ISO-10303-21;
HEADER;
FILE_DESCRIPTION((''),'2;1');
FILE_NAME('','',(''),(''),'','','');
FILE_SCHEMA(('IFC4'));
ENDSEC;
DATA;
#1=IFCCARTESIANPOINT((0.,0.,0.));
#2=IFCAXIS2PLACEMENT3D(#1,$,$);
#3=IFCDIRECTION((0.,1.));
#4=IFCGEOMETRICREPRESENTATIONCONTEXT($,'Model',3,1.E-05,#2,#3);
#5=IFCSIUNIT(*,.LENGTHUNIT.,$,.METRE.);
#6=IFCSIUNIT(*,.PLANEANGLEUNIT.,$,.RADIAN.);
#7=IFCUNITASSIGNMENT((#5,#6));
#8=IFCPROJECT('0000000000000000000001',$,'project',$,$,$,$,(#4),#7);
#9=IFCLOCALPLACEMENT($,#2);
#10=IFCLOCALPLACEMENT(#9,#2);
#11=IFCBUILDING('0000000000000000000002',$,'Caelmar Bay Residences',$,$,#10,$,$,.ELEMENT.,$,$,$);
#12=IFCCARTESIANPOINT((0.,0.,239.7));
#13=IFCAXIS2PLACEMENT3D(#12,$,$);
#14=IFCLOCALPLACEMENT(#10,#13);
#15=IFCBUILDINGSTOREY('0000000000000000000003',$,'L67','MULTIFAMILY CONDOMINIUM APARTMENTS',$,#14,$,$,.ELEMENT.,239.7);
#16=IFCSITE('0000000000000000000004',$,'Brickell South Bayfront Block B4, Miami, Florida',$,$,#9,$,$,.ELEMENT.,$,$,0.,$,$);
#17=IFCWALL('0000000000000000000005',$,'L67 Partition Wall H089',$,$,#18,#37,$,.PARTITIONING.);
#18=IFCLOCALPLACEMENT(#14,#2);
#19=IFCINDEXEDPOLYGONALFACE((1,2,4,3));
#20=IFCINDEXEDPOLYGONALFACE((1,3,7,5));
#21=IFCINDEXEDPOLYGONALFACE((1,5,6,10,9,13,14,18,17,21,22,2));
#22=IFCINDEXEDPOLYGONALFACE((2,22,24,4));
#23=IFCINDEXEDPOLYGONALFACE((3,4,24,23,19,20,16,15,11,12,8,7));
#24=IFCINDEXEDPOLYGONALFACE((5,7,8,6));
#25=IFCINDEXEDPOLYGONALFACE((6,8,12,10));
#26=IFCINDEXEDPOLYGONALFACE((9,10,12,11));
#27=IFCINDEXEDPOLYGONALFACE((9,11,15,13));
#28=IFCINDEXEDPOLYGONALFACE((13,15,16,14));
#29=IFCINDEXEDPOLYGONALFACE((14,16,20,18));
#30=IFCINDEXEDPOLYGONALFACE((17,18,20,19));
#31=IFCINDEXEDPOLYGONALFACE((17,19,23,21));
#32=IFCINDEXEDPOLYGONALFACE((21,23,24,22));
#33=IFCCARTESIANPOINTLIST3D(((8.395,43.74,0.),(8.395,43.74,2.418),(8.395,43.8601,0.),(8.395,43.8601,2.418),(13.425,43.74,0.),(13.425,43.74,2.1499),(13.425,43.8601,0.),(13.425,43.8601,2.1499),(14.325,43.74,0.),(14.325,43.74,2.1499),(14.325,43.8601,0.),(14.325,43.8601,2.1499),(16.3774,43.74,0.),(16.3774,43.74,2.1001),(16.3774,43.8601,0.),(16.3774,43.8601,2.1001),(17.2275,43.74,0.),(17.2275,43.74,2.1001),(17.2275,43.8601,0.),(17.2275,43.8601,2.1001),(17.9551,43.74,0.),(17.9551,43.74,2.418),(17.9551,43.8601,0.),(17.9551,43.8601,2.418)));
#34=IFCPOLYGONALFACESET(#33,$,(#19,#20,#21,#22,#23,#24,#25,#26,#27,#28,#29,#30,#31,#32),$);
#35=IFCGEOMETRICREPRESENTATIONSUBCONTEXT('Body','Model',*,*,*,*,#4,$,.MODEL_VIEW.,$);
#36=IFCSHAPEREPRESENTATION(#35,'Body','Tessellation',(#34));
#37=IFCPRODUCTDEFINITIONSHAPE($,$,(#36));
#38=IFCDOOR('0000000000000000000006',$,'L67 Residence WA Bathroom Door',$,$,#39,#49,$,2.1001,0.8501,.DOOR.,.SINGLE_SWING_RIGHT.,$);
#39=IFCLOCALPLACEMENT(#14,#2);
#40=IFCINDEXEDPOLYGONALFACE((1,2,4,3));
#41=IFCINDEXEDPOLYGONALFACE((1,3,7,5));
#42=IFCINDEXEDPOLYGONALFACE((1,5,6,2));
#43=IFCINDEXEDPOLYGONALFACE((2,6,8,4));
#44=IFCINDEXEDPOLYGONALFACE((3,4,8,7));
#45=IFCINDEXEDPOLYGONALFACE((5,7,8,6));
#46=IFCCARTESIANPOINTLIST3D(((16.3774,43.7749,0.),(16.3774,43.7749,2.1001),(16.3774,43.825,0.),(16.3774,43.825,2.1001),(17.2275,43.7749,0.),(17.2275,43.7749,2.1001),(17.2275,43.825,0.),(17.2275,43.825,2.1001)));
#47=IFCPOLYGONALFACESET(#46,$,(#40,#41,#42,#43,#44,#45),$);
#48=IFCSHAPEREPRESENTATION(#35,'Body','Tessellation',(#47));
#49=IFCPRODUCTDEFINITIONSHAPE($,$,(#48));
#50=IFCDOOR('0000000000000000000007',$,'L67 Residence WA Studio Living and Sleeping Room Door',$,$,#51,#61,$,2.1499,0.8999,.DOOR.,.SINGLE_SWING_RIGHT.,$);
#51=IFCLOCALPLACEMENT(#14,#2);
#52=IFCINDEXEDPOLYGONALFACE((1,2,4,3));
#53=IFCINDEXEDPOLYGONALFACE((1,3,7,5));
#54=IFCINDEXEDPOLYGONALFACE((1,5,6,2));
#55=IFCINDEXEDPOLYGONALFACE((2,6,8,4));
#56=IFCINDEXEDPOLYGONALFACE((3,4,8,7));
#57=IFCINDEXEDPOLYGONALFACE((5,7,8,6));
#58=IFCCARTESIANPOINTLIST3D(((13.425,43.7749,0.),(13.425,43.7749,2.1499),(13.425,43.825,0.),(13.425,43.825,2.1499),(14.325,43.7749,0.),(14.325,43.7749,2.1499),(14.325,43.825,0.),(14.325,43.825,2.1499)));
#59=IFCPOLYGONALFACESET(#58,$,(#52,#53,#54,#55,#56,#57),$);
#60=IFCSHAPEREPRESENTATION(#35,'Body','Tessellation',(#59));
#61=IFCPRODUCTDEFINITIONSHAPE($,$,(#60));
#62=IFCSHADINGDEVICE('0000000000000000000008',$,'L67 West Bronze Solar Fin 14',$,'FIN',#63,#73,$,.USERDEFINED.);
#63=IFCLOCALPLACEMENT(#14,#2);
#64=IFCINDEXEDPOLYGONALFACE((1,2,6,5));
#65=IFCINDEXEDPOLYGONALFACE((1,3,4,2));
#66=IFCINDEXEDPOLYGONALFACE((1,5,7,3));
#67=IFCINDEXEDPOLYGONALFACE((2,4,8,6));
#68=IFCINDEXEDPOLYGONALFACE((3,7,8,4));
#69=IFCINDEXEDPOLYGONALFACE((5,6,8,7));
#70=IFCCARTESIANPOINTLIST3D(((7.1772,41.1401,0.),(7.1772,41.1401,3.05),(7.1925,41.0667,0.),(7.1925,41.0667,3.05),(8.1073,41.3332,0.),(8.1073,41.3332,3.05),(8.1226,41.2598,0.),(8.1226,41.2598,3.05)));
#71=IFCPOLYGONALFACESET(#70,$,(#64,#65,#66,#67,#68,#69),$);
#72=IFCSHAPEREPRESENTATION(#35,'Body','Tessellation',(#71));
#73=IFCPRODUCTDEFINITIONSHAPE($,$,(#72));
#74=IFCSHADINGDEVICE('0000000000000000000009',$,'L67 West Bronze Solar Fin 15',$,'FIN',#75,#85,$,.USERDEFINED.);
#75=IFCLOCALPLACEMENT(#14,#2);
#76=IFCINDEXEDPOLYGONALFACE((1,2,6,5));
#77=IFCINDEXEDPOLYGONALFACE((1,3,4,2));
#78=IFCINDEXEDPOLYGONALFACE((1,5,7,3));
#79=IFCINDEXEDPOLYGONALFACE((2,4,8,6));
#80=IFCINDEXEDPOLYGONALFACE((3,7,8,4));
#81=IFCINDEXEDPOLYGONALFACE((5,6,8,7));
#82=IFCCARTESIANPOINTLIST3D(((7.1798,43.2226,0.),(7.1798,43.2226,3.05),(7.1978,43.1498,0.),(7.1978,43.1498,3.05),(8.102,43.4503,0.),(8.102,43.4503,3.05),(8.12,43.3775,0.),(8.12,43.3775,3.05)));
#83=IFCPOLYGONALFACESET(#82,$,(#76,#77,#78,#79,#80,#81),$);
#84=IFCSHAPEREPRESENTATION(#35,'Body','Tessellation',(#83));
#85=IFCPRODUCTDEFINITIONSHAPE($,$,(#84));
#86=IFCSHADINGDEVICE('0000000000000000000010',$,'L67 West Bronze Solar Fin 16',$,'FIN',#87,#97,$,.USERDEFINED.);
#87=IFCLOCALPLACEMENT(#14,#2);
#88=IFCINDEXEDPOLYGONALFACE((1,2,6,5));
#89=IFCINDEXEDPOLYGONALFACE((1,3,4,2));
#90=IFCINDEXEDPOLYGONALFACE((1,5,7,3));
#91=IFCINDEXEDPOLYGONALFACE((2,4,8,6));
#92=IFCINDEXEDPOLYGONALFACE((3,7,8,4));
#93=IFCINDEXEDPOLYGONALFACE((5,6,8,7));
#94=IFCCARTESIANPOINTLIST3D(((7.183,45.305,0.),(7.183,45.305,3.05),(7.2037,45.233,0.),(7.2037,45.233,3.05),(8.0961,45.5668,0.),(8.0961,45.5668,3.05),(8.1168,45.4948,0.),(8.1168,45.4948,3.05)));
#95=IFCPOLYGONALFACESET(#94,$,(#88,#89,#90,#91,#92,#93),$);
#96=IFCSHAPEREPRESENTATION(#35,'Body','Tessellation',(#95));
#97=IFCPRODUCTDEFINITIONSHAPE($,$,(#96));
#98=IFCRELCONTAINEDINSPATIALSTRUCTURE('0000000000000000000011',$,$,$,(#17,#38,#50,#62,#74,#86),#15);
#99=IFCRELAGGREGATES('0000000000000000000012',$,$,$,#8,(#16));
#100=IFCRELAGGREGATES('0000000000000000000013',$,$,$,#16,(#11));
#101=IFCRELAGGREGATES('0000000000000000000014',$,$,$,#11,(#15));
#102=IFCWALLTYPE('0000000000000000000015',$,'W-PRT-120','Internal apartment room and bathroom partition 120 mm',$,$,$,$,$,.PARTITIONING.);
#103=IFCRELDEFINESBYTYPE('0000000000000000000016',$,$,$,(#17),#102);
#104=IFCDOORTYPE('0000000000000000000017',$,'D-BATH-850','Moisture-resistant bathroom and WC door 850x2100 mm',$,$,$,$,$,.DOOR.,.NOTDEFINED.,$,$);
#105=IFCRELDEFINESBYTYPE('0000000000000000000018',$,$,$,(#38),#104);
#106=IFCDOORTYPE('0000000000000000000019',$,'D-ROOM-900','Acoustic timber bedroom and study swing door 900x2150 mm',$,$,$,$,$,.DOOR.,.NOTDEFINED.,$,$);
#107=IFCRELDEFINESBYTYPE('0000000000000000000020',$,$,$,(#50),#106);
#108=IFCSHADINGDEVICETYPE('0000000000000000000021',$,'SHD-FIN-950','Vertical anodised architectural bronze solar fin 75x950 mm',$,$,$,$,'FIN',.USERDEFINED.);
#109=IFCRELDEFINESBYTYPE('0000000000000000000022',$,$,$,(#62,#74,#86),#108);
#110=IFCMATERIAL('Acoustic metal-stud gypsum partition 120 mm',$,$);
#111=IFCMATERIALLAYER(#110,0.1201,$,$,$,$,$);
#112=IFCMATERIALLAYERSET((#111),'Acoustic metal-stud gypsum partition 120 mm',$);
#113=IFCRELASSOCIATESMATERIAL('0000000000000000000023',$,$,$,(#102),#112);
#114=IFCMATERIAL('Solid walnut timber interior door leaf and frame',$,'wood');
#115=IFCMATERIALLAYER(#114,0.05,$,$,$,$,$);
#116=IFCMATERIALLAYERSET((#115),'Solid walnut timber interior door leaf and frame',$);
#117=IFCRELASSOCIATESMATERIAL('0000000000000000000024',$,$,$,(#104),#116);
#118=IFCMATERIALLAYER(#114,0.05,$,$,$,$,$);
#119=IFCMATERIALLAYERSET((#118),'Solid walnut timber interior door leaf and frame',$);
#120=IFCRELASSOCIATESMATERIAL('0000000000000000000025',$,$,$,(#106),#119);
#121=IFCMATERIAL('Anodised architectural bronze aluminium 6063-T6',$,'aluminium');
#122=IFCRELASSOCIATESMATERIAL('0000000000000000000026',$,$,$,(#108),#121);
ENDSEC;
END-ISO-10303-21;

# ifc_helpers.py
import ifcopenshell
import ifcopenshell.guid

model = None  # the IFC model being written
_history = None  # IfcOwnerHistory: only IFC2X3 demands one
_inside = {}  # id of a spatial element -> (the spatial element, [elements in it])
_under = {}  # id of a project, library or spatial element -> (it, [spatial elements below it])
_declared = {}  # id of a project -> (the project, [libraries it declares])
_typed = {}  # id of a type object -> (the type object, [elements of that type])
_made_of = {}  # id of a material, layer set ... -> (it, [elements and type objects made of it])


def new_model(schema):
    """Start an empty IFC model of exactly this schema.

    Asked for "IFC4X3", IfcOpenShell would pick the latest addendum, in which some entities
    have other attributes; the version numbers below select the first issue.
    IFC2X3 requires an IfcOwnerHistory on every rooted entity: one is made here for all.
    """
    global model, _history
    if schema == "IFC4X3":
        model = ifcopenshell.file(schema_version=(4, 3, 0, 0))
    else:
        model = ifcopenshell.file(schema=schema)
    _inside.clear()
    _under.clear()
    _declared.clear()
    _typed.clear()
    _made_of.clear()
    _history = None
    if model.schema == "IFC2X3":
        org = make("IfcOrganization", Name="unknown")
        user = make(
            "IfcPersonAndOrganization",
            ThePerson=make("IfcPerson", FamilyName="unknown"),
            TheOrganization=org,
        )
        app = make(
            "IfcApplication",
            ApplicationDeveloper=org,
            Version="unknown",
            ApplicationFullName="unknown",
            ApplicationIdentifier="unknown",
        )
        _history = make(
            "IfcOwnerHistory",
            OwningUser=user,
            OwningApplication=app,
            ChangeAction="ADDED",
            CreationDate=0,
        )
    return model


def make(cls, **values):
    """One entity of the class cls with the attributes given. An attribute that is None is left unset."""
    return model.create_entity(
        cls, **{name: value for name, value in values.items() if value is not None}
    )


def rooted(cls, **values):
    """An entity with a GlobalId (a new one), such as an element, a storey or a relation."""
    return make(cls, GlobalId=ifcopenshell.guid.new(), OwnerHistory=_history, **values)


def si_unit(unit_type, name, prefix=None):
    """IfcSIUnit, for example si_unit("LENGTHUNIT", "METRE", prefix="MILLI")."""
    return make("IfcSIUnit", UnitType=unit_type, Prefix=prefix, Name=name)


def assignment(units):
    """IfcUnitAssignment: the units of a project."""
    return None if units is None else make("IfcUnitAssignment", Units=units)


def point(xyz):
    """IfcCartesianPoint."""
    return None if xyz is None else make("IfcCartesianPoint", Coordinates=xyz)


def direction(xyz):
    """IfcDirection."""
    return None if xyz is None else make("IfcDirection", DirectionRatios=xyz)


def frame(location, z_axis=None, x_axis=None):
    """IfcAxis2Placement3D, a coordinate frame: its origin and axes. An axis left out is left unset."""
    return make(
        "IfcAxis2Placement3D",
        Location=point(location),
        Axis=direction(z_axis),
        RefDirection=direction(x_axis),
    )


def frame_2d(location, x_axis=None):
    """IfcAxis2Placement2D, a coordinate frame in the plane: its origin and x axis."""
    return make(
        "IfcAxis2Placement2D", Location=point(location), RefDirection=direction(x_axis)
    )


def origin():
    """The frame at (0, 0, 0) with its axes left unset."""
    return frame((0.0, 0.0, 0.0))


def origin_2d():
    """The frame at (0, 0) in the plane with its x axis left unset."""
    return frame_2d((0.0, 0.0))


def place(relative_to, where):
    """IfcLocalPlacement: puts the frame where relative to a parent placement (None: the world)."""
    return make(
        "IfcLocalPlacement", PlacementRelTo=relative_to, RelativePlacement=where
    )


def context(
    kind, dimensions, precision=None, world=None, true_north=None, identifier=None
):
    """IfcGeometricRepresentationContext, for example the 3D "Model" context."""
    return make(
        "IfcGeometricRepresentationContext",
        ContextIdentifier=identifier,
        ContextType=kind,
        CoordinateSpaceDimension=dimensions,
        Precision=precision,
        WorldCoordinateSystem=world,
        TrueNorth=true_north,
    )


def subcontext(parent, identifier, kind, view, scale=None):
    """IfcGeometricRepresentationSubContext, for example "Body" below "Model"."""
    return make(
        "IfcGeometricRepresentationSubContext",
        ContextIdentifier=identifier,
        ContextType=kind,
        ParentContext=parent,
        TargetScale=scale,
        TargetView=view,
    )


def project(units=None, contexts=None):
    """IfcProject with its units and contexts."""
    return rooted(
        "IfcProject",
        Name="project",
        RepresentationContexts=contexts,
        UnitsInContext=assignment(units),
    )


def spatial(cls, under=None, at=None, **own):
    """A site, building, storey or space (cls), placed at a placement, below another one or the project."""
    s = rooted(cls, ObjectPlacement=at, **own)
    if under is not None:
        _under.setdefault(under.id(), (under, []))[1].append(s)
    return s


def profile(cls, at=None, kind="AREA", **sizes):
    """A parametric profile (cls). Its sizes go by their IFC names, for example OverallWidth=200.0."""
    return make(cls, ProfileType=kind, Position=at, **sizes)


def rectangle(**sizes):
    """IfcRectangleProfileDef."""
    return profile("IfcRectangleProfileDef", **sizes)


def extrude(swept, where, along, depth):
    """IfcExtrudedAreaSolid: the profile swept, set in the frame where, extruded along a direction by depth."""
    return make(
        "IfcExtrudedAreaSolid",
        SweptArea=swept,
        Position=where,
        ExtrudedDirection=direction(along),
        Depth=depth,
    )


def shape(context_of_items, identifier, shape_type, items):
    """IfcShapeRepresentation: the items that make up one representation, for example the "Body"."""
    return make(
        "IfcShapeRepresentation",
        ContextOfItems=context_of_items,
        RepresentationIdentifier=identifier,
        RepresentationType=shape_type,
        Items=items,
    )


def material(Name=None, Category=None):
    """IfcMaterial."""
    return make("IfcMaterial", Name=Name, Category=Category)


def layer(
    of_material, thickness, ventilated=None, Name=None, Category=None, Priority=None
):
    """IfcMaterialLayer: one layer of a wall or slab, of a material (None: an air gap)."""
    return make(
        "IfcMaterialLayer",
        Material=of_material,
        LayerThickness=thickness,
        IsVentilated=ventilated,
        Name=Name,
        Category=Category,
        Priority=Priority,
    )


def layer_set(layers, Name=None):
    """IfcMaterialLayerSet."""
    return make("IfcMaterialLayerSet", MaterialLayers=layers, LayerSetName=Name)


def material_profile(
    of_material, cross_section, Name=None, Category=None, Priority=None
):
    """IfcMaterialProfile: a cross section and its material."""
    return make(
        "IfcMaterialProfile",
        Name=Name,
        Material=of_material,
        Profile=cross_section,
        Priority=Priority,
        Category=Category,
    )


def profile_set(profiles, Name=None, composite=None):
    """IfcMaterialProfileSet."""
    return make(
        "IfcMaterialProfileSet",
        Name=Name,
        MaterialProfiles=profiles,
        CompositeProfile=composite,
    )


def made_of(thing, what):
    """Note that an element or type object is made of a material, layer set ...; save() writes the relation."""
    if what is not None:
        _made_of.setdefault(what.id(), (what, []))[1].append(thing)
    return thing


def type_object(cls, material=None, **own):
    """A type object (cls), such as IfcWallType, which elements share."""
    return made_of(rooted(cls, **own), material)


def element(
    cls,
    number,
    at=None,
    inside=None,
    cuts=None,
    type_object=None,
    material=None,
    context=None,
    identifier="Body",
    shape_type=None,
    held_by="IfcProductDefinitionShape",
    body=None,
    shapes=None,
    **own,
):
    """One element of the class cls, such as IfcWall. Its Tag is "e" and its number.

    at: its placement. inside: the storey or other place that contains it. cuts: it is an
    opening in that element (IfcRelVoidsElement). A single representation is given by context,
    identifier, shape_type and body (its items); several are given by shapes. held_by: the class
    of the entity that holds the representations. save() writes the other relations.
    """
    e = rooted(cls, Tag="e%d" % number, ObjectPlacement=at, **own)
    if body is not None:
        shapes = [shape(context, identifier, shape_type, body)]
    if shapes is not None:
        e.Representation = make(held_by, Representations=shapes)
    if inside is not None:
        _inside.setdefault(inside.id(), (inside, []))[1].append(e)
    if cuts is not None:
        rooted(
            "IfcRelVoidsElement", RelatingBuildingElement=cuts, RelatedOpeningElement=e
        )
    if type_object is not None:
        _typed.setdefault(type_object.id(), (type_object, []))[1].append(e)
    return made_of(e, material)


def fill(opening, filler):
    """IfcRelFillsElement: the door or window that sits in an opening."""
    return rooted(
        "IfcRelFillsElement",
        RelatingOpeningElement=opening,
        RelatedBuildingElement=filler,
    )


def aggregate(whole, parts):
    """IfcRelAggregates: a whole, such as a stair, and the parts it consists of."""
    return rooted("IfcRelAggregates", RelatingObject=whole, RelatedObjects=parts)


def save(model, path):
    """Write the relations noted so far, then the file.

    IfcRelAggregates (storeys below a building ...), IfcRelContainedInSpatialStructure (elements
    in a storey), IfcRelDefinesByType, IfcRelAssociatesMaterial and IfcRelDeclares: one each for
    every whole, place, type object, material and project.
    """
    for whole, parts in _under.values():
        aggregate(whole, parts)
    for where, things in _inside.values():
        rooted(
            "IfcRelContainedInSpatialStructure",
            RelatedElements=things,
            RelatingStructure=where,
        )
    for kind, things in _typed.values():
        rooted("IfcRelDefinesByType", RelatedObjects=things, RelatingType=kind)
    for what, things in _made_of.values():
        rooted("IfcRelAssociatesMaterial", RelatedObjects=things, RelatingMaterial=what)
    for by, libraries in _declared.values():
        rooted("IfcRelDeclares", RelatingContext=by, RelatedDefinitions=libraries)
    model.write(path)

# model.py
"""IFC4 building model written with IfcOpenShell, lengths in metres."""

from ifc_helpers import new_model, si_unit, direction, frame, frame_2d, origin, origin_2d, place, context, subcontext, project, spatial, rectangle, extrude, material, layer, layer_set, material_profile, profile_set, type_object, element, fill, save


model = new_model("IFC4")

# Units and contexts
model_context = context("Model", 3, precision=1e-05, world=origin(), true_north=direction((0.0, 1.0)))
body_context = subcontext(model_context, "Body", "Model", "MODEL_VIEW")
ifc_project = project(units=[si_unit("LENGTHUNIT", "METRE"), si_unit("PLANEANGLEUNIT", "RADIAN")], contexts=[model_context])

# Site, building, storey
site_placement = place(None, origin())
site = spatial("IfcSite", under=ifc_project, at=site_placement, Name="Brickell South Bayfront Block B4, Miami, Florida", CompositionType="ELEMENT", RefElevation=0.0)
building_placement = place(site_placement, origin())
building = spatial("IfcBuilding", under=site, at=building_placement, Name="Caelmar Bay Residences", CompositionType="ELEMENT")
storey_placement = place(building_placement, frame((0.0, 0.0, 239.7)))
storey = spatial("IfcBuildingStorey", under=building, at=storey_placement, Name="L67", Description="MULTIFAMILY CONDOMINIUM APARTMENTS", CompositionType="ELEMENT", Elevation=239.7)

# Shared definitions
ifc_material_1 = material(Name="Acoustic metal-stud gypsum partition 120 mm")
ifc_layer_1 = layer(ifc_material_1, 0.1201)
ifc_layer_set_1 = layer_set([ifc_layer_1], Name="Acoustic metal-stud gypsum partition 120 mm")
wall_type_1 = type_object("IfcWallType", Name="W-PRT-120", Description="Internal apartment room and bathroom partition 120 mm", PredefinedType="PARTITIONING", material=ifc_layer_set_1)

# Wall, openings, doors
wall_1_placement = place(storey_placement, frame((8.395, 43.8, 0.0), z_axis=(0.0, 0.0, 1.0), x_axis=(1.0, 0.0, 0.0)))
wall_1 = element("IfcWall", 1, at=wall_1_placement, inside=storey, type_object=wall_type_1, Name="L67 Partition Wall H089", PredefinedType="PARTITIONING", context=body_context, shape_type="SweptSolid", body=[
    extrude(rectangle(XDim=9.5601, YDim=0.1201, at=frame_2d((4.78, 0.0))), origin(), (0.0, 0.0, 1.0), 2.418),
])
opening_1_placement = place(wall_1_placement, frame((5.03, 0.0, 0.0)))
opening_1 = element("IfcOpeningElement", 2, at=opening_1_placement, cuts=wall_1, PredefinedType="OPENING", context=body_context, shape_type="SweptSolid", body=[
    extrude(rectangle(XDim=0.8999, YDim=2.1499, at=frame_2d((0.45, 1.075))), frame((0.0, 0.0701, 0.0), z_axis=(0.0, -1.0, 0.0), x_axis=(1.0, 0.0, 0.0)), (0.0, 0.0, 1.0), 0.1401),
])
opening_2_placement = place(wall_1_placement, frame((7.9824, 0.0, 0.0)))
opening_2 = element("IfcOpeningElement", 3, at=opening_2_placement, cuts=wall_1, PredefinedType="OPENING", context=body_context, shape_type="SweptSolid", body=[
    extrude(rectangle(XDim=0.8501, YDim=2.1001, at=frame_2d((0.425, 1.05))), frame((0.0, 0.0701, 0.0), z_axis=(0.0, -1.0, 0.0), x_axis=(1.0, 0.0, 0.0)), (0.0, 0.0, 1.0), 0.1401),
])
ifc_material_2 = material(Name="Solid walnut timber interior door leaf and frame", Category="wood")
ifc_layer_2 = layer(ifc_material_2, 0.05)
ifc_layer_set_2 = layer_set([ifc_layer_2], Name="Solid walnut timber interior door leaf and frame")
door_type_1 = type_object("IfcDoorType", Name="D-BATH-850", Description="Moisture-resistant bathroom and WC door 850x2100 mm", OperationType="NOTDEFINED", PredefinedType="DOOR", material=ifc_layer_set_2)
door_1_placement = place(opening_2_placement, origin())
door_1 = element("IfcDoor", 4, at=door_1_placement, inside=storey, type_object=door_type_1, Name="L67 Residence WA Bathroom Door", OperationType="SINGLE_SWING_RIGHT", OverallHeight=2.1001, OverallWidth=0.8501, PredefinedType="DOOR", context=body_context, shape_type="SweptSolid", body=[
    extrude(rectangle(XDim=0.8501, YDim=2.1001, at=frame_2d((0.425, 1.05))), frame((0.0, 0.0249, 0.0), z_axis=(0.0, -1.0, 0.0), x_axis=(1.0, 0.0, 0.0)), (0.0, 0.0, 1.0), 0.05),
])
fill(opening_2, door_1)
ifc_layer_3 = layer(ifc_material_2, 0.05)
ifc_layer_set_3 = layer_set([ifc_layer_3], Name="Solid walnut timber interior door leaf and frame")
door_type_2 = type_object("IfcDoorType", Name="D-ROOM-900", Description="Acoustic timber bedroom and study swing door 900x2150 mm", OperationType="NOTDEFINED", PredefinedType="DOOR", material=ifc_layer_set_3)
door_2_placement = place(opening_1_placement, origin())
door_2 = element("IfcDoor", 5, at=door_2_placement, inside=storey, type_object=door_type_2, Name="L67 Residence WA Studio Living and Sleeping Room Door", OperationType="SINGLE_SWING_RIGHT", OverallHeight=2.1499, OverallWidth=0.8999, PredefinedType="DOOR", context=body_context, shape_type="SweptSolid", body=[
    extrude(rectangle(XDim=0.8999, YDim=2.1499, at=frame_2d((0.45, 1.075))), frame((0.0, 0.0249, 0.0), z_axis=(0.0, -1.0, 0.0), x_axis=(1.0, 0.0, 0.0)), (0.0, 0.0, 1.0), 0.05),
])
fill(opening_1, door_2)

# Shading devices
ifc_material_3 = material(Name="Anodised architectural bronze aluminium 6063-T6", Category="aluminium")
ifc_material_profile_1 = material_profile(ifc_material_3, rectangle(XDim=0.075, YDim=0.95, at=origin_2d()), Name="BRONZE-FIN-75X950")
ifc_profile_set_1 = profile_set([ifc_material_profile_1], Name="Anodised architectural bronze aluminium 6063-T6")
shading_device_type = type_object("IfcShadingDeviceType", Name="SHD-FIN-950", Description="Vertical anodised architectural bronze solar fin 75x950 mm", ElementType="FIN", PredefinedType="USERDEFINED", material=ifc_profile_set_1)
for number, where, z_axis, x_axis, name in (
    (6, (7.6499, 41.2, 0.0), (0.0, 0.0, 1.0), (-0.2033, 0.979116, 0.0), "L67 West Bronze Solar Fin 14"),
    (7, (7.6499, 43.3, 0.0), (0.0, 0.0, 1.0), (-0.23972, 0.970842, 0.0), "L67 West Bronze Solar Fin 15"),
    (8, (7.6499, 45.3999, 0.0), (0.0, 0.0, 1.0), (-0.275637, 0.961262, 0.0), "L67 West Bronze Solar Fin 16"),
):
    element("IfcShadingDevice", number, at=place(storey_placement, frame(where, z_axis=z_axis, x_axis=x_axis)), inside=storey, type_object=shading_device_type, Name=name, ObjectType="FIN", PredefinedType="USERDEFINED", context=body_context, shape_type="SweptSolid", body=[
        extrude(rectangle(XDim=0.075, YDim=0.95, at=origin_2d()), origin(), (0.0, 0.0, 1.0), 3.05),
    ])

save(model, "model.ifc")
